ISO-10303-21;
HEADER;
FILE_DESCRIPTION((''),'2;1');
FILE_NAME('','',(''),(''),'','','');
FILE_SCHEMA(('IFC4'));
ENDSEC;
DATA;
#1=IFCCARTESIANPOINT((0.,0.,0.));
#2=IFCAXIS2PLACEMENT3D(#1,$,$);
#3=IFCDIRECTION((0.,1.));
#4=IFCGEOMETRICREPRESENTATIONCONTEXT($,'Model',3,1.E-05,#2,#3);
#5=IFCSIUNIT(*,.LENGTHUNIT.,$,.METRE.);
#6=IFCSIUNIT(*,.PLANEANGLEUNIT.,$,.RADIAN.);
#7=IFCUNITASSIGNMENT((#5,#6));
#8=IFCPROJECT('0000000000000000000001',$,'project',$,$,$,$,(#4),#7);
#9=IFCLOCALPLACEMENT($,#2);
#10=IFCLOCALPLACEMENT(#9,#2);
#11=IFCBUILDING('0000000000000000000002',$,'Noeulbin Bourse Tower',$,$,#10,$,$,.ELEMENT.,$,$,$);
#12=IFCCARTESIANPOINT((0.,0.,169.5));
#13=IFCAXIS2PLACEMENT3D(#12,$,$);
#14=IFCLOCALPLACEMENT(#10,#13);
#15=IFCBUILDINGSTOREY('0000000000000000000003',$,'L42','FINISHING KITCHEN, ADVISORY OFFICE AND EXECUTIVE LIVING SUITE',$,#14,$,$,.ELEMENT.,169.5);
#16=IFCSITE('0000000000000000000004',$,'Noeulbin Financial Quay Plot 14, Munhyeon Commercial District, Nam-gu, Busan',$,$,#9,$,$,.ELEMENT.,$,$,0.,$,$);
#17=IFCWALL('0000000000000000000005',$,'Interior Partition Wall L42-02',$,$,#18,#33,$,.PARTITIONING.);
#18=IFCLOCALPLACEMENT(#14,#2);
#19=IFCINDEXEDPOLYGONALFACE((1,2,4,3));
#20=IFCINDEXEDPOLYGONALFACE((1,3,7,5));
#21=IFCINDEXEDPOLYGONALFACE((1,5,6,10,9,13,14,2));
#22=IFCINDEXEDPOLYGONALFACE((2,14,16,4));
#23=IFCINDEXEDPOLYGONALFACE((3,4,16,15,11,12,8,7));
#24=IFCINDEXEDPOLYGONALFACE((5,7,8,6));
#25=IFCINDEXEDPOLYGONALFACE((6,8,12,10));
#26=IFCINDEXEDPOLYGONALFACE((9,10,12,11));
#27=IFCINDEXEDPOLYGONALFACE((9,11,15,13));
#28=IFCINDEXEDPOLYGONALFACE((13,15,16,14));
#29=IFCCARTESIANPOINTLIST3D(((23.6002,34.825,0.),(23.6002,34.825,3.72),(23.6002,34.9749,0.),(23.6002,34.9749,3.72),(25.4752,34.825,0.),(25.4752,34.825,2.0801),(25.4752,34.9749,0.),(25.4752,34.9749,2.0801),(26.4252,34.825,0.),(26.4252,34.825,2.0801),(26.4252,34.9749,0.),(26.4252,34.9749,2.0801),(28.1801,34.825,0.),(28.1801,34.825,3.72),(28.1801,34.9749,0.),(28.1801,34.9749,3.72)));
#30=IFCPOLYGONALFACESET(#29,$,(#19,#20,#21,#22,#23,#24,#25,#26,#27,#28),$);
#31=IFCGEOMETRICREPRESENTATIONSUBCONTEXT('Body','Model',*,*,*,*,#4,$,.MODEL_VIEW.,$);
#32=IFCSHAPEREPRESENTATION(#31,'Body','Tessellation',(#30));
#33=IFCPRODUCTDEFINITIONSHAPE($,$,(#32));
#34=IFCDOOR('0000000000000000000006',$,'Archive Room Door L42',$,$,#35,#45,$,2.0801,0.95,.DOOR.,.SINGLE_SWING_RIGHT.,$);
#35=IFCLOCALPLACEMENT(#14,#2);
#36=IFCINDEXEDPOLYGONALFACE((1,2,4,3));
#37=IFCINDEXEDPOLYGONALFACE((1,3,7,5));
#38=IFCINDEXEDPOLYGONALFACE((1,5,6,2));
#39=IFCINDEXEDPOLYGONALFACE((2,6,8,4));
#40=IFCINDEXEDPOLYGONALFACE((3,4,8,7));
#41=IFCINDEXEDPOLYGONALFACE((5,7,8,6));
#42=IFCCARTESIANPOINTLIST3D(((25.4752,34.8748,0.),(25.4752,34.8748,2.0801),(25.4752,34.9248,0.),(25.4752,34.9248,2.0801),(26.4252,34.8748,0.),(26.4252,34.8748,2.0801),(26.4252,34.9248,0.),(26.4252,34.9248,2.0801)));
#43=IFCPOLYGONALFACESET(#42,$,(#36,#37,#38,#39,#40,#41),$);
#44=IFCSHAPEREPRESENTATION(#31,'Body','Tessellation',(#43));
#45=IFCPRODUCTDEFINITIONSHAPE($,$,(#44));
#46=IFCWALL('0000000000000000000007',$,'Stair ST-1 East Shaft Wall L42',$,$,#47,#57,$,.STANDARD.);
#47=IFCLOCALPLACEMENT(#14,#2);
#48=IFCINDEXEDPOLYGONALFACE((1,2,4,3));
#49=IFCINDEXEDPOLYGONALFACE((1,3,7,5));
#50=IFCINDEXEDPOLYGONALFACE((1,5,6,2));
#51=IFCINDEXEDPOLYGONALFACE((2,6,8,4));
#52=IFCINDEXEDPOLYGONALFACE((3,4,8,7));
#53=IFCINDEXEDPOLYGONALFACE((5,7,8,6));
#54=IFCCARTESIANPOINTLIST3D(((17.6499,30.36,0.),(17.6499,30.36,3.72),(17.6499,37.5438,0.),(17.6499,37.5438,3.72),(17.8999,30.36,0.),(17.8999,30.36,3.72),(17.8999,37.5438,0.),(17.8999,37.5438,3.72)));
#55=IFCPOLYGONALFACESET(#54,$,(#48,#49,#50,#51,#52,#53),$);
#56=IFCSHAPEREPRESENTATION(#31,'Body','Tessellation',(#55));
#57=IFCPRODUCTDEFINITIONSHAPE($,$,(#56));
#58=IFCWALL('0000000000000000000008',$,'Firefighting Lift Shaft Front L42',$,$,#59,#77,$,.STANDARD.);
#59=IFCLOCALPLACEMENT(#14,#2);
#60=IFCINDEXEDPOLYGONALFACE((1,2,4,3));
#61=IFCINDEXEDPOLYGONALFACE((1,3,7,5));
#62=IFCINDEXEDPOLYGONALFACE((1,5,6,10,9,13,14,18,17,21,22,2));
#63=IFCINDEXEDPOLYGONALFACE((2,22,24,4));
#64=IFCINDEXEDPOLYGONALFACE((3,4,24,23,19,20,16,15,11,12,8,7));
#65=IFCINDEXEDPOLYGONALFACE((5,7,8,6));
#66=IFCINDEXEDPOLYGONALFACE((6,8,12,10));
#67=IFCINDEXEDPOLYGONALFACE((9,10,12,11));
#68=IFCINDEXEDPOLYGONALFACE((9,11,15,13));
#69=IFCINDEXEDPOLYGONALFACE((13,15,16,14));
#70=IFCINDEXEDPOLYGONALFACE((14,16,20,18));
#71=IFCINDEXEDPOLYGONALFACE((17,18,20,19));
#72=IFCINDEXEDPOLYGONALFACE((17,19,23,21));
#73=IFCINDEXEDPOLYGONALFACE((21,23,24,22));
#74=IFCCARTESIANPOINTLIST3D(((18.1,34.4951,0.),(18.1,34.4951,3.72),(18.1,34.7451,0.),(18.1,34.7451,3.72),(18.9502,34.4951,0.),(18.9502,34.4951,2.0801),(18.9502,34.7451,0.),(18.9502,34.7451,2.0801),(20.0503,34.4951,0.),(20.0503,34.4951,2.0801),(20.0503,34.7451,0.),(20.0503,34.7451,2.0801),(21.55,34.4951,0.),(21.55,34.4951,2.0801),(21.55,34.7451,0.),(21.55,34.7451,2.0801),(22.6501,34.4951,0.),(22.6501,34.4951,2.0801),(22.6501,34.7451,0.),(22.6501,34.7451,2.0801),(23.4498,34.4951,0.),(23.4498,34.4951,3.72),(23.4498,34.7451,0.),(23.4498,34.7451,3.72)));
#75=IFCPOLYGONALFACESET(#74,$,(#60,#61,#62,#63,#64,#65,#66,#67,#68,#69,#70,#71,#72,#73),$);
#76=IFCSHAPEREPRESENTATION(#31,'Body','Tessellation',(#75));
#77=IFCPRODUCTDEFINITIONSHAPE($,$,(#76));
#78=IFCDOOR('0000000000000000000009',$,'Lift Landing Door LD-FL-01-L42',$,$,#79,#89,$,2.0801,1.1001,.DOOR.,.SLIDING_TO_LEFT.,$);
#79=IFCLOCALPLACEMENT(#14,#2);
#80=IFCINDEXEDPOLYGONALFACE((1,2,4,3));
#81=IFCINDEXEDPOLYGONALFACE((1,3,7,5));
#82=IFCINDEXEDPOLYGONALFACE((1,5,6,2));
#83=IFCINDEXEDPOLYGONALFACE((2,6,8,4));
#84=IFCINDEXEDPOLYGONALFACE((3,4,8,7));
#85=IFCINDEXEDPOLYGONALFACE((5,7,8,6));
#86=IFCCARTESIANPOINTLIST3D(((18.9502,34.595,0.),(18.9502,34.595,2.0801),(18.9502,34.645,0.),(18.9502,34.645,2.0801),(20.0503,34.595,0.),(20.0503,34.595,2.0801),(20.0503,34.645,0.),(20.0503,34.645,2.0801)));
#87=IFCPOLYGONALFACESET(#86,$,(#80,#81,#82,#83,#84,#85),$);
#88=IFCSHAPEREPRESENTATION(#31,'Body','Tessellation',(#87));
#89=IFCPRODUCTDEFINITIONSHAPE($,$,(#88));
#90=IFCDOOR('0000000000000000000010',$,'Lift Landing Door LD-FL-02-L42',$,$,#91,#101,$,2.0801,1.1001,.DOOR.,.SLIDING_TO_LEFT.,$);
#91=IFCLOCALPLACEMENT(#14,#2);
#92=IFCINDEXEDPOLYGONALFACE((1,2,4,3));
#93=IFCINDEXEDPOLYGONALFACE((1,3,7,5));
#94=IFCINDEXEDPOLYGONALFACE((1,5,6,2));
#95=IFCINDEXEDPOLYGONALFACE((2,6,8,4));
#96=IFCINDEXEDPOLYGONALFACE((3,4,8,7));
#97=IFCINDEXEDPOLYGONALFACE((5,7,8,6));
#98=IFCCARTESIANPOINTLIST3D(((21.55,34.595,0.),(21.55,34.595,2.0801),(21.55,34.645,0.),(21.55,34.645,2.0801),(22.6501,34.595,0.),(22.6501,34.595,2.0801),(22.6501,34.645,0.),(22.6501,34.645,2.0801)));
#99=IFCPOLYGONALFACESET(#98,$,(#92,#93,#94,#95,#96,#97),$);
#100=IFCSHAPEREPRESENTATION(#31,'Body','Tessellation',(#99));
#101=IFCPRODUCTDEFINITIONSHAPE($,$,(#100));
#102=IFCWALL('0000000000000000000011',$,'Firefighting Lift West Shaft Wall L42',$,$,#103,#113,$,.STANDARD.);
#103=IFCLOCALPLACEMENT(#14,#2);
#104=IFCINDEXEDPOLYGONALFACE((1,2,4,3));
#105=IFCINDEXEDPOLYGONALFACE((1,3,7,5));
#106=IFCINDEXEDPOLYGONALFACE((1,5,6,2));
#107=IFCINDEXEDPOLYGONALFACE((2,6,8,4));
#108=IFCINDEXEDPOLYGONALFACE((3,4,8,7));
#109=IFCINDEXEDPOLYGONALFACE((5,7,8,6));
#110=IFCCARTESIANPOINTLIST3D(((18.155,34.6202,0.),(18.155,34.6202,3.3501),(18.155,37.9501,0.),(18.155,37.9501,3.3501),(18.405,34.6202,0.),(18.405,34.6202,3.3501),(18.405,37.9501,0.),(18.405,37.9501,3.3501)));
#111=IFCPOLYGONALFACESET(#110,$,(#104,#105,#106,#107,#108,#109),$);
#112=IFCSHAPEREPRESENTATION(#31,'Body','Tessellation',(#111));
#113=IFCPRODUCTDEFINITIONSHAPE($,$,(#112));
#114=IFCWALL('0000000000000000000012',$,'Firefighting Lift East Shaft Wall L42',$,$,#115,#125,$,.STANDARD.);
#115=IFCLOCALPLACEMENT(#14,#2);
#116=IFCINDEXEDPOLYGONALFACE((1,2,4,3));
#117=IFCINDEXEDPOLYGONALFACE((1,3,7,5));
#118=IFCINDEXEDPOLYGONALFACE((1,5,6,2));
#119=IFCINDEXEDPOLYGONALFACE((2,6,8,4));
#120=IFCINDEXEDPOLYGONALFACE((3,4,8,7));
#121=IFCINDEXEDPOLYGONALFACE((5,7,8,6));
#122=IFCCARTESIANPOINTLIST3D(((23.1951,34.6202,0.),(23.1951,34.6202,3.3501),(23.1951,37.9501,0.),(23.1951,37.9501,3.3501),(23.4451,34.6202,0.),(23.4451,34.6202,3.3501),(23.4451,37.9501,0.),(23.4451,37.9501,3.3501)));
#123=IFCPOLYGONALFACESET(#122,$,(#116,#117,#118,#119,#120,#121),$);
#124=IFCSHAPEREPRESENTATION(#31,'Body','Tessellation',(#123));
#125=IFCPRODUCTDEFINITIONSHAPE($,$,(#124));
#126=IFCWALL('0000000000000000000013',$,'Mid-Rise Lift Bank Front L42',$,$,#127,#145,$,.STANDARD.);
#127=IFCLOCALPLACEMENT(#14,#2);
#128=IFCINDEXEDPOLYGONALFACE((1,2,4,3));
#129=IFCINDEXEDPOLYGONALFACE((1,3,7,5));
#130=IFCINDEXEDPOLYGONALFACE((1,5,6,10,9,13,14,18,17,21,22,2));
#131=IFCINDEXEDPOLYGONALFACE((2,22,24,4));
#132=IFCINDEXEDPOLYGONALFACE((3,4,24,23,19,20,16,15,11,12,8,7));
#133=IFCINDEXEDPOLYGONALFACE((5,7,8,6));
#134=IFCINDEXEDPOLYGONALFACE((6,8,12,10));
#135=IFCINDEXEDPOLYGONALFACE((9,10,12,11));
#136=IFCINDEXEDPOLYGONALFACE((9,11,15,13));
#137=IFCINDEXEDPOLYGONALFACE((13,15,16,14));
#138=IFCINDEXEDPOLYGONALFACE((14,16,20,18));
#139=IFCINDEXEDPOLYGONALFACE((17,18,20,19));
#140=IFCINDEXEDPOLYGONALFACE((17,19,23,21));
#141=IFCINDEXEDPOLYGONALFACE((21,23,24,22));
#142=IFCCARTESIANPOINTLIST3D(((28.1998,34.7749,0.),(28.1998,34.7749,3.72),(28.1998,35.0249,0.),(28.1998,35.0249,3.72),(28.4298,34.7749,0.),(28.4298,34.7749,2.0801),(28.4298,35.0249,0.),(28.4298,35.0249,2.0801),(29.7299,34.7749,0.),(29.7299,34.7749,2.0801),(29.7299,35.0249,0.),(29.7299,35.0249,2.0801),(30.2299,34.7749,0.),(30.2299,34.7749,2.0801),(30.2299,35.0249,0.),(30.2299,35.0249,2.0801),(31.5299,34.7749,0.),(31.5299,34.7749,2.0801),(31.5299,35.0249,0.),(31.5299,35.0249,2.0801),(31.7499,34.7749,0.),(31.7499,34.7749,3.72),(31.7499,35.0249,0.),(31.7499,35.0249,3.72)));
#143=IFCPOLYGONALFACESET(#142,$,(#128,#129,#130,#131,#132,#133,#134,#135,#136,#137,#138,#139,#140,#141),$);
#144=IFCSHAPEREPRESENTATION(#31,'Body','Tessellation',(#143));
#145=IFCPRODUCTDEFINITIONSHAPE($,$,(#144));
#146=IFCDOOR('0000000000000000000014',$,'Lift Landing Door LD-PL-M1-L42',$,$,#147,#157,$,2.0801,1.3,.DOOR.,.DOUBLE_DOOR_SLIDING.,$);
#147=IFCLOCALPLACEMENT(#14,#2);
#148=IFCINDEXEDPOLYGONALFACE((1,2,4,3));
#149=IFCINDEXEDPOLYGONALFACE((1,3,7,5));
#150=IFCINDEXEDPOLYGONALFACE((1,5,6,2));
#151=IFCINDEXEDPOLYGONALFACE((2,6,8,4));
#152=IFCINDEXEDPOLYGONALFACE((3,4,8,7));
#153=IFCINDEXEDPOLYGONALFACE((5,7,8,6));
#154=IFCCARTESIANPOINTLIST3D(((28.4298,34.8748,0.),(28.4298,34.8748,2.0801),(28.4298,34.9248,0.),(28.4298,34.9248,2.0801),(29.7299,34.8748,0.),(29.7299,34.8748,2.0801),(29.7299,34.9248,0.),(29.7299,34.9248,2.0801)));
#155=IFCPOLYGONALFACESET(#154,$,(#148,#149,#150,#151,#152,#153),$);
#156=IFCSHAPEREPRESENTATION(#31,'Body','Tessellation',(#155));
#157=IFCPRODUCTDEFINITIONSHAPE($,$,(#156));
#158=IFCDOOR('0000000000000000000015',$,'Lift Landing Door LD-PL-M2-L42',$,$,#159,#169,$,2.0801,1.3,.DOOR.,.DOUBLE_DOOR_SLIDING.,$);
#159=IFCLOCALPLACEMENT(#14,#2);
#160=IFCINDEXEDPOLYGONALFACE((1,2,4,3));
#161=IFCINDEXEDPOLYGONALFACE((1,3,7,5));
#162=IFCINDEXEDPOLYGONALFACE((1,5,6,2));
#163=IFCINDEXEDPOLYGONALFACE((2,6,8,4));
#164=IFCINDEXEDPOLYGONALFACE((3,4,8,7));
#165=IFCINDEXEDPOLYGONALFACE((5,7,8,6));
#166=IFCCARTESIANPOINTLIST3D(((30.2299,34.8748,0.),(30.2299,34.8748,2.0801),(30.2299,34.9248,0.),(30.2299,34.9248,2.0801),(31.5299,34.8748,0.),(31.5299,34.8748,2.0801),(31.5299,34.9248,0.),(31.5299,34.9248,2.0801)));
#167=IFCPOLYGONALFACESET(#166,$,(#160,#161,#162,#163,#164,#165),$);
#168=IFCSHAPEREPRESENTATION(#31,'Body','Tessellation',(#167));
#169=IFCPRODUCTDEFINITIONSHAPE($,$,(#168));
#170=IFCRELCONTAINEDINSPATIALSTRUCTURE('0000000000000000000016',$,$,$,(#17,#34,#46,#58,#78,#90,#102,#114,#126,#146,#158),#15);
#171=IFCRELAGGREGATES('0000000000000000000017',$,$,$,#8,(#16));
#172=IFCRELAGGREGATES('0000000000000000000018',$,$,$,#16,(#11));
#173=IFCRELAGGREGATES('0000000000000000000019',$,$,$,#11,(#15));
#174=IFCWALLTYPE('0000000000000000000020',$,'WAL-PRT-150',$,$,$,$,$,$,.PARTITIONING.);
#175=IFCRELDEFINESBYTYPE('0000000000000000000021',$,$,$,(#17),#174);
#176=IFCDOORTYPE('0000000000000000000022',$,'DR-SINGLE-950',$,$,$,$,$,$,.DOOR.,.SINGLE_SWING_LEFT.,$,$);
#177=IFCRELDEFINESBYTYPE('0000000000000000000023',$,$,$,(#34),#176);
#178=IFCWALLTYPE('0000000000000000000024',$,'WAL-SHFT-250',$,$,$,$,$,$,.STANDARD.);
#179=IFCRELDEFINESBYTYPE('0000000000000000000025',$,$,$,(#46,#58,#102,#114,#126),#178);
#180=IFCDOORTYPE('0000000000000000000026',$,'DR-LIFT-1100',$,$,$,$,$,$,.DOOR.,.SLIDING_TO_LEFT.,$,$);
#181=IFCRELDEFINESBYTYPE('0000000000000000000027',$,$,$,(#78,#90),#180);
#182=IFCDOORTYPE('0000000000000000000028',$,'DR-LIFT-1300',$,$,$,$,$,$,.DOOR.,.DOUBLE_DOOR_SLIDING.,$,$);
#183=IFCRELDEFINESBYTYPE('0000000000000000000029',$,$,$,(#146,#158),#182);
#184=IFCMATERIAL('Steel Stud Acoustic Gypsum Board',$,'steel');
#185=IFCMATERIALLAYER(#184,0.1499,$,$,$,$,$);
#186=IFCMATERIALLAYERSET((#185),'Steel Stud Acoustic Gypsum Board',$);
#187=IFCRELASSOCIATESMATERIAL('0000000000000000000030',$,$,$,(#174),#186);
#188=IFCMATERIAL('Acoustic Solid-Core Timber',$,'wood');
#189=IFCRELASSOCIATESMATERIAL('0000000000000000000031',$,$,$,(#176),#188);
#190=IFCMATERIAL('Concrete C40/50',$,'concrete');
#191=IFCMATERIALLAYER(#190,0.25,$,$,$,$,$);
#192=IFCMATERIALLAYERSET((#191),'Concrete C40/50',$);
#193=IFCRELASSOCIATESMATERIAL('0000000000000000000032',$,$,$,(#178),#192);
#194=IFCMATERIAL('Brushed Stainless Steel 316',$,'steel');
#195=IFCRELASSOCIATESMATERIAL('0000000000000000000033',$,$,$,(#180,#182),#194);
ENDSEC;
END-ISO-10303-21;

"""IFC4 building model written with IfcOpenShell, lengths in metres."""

from ifc_helpers import new_model, si_unit, direction, frame, frame_2d, origin, place, context, subcontext, project, spatial, rectangle, extrude, material, layer, layer_set, type_object, element, fill, save


model = new_model("IFC4")

# Units and contexts
model_context = context("Model", 3, precision=1e-05, world=origin(), true_north=direction((0.0, 1.0)))
body_context = subcontext(model_context, "Body", "Model", "MODEL_VIEW")
ifc_project = project(units=[si_unit("LENGTHUNIT", "METRE"), si_unit("PLANEANGLEUNIT", "RADIAN")], contexts=[model_context])

# Site, building, storey
site_placement = place(None, origin())
site = spatial("IfcSite", under=ifc_project, at=site_placement, Name="Noeulbin Financial Quay Plot 14, Munhyeon Commercial District, Nam-gu, Busan", CompositionType="ELEMENT", RefElevation=0.0)
building_placement = place(site_placement, origin())
building = spatial("IfcBuilding", under=site, at=building_placement, Name="Noeulbin Bourse Tower", CompositionType="ELEMENT")
storey_placement = place(building_placement, frame((0.0, 0.0, 169.5)))
storey = spatial("IfcBuildingStorey", under=building, at=storey_placement, Name="L42", Description="FINISHING KITCHEN, ADVISORY OFFICE AND EXECUTIVE LIVING SUITE", CompositionType="ELEMENT", Elevation=169.5)

# Shared definitions
ifc_material_1 = material(Name="Concrete C40/50", Category="concrete")

# Wall, opening, door
ifc_material_2 = material(Name="Steel Stud Acoustic Gypsum Board", Category="steel")
ifc_layer_1 = layer(ifc_material_2, 0.1499)
ifc_layer_set_1 = layer_set([ifc_layer_1], Name="Steel Stud Acoustic Gypsum Board")
wall_type_1 = type_object("IfcWallType", Name="WAL-PRT-150", PredefinedType="PARTITIONING", material=ifc_layer_set_1)
wall_1_placement = place(storey_placement, frame((23.6001, 34.8999, 0.0), z_axis=(0.0, 0.0, 1.0), x_axis=(1.0, 0.0, 0.0)))
wall_1 = element("IfcWall", 1, at=wall_1_placement, inside=storey, type_object=wall_type_1, Name="Interior Partition Wall L42-02", PredefinedType="PARTITIONING", context=body_context, shape_type="SweptSolid", body=[
    extrude(rectangle(XDim=4.5798, YDim=0.1499, at=frame_2d((2.29, 0.0))), origin(), (0.0, 0.0, 1.0), 3.72),
])
opening_1_placement = place(wall_1_placement, frame((1.875, 0.0, 0.0)))
opening_1 = element("IfcOpeningElement", 2, at=opening_1_placement, cuts=wall_1, PredefinedType="OPENING", context=body_context, shape_type="SweptSolid", body=[
    extrude(rectangle(XDim=0.95, YDim=2.0801, at=frame_2d((0.4751, 1.04))), frame((0.0, 0.085, 0.0), z_axis=(0.0, -1.0, 0.0), x_axis=(1.0, 0.0, 0.0)), (0.0, 0.0, 1.0), 0.1699),
])
ifc_material_3 = material(Name="Acoustic Solid-Core Timber", Category="wood")
door_type_1 = type_object("IfcDoorType", Name="DR-SINGLE-950", OperationType="SINGLE_SWING_LEFT", PredefinedType="DOOR", material=ifc_material_3)
door_1_placement = place(opening_1_placement, origin())
door_1 = element("IfcDoor", 3, at=door_1_placement, inside=storey, type_object=door_type_1, Name="Archive Room Door L42", OperationType="SINGLE_SWING_RIGHT", OverallHeight=2.0801, OverallWidth=0.95, PredefinedType="DOOR", context=body_context, shape_type="SweptSolid", body=[
    extrude(rectangle(XDim=0.95, YDim=2.0801, at=frame_2d((0.4751, 1.04))), frame((0.0, 0.0249, 0.0), z_axis=(0.0, -1.0, 0.0), x_axis=(1.0, 0.0, 0.0)), (0.0, 0.0, 1.0), 0.05),
])
fill(opening_1, door_1)

# Wall
ifc_layer_2 = layer(ifc_material_1, 0.25)
ifc_layer_set_2 = layer_set([ifc_layer_2], Name="Concrete C40/50")
wall_type_2 = type_object("IfcWallType", Name="WAL-SHFT-250", PredefinedType="STANDARD", material=ifc_layer_set_2)
wall_2_placement = place(storey_placement, frame((17.7749, 30.3601, 0.0), z_axis=(0.0, 0.0, 1.0), x_axis=(0.0, 1.0, 0.0)))
element("IfcWall", 4, at=wall_2_placement, inside=storey, type_object=wall_type_2, Name="Stair ST-1 East Shaft Wall L42", PredefinedType="STANDARD", context=body_context, shape_type="SweptSolid", body=[
    extrude(rectangle(XDim=7.1838, YDim=0.25, at=frame_2d((3.5918, 0.0))), origin(), (0.0, 0.0, 1.0), 3.72),
])

# Wall, openings, doors
wall_3_placement = place(storey_placement, frame((18.1001, 34.6201, 0.0), z_axis=(0.0, 0.0, 1.0), x_axis=(1.0, 0.0, 0.0)))
wall_3 = element("IfcWall", 5, at=wall_3_placement, inside=storey, type_object=wall_type_2, Name="Firefighting Lift Shaft Front L42", PredefinedType="STANDARD", context=body_context, shape_type="SweptSolid", body=[
    extrude(rectangle(XDim=5.3499, YDim=0.25, at=frame_2d((2.6748, 0.0))), origin(), (0.0, 0.0, 1.0), 3.72),
])
opening_2_placement = place(wall_3_placement, frame((0.8501, 0.0, 0.0)))
opening_2 = element("IfcOpeningElement", 6, at=opening_2_placement, cuts=wall_3, PredefinedType="OPENING", context=body_context, shape_type="SweptSolid", body=[
    extrude(rectangle(XDim=1.1001, YDim=2.0801, at=frame_2d((0.55, 1.04))), frame((0.0, 0.135, 0.0), z_axis=(0.0, -1.0, 0.0), x_axis=(1.0, 0.0, 0.0)), (0.0, 0.0, 1.0), 0.27),
])
opening_3_placement = place(wall_3_placement, frame((3.45, 0.0, 0.0)))
opening_3 = element("IfcOpeningElement", 7, at=opening_3_placement, cuts=wall_3, PredefinedType="OPENING", context=body_context, shape_type="SweptSolid", body=[
    extrude(rectangle(XDim=1.1001, YDim=2.0801, at=frame_2d((0.55, 1.04))), frame((0.0, 0.135, 0.0), z_axis=(0.0, -1.0, 0.0), x_axis=(1.0, 0.0, 0.0)), (0.0, 0.0, 1.0), 0.27),
])
ifc_material_4 = material(Name="Brushed Stainless Steel 316", Category="steel")
door_type_2 = type_object("IfcDoorType", Name="DR-LIFT-1100", OperationType="SLIDING_TO_LEFT", PredefinedType="DOOR", material=ifc_material_4)
door_2_placement = place(opening_2_placement, origin())
door_2 = element("IfcDoor", 8, at=door_2_placement, inside=storey, type_object=door_type_2, Name="Lift Landing Door LD-FL-01-L42", OperationType="SLIDING_TO_LEFT", OverallHeight=2.0801, OverallWidth=1.1001, PredefinedType="DOOR", context=body_context, shape_type="SweptSolid", body=[
    extrude(rectangle(XDim=1.1001, YDim=2.0801, at=frame_2d((0.55, 1.04))), frame((0.0, 0.0249, 0.0), z_axis=(0.0, -1.0, 0.0), x_axis=(1.0, 0.0, 0.0)), (0.0, 0.0, 1.0), 0.05),
])
fill(opening_2, door_2)
door_3_placement = place(opening_3_placement, origin())
door_3 = element("IfcDoor", 9, at=door_3_placement, inside=storey, type_object=door_type_2, Name="Lift Landing Door LD-FL-02-L42", OperationType="SLIDING_TO_LEFT", OverallHeight=2.0801, OverallWidth=1.1001, PredefinedType="DOOR", context=body_context, shape_type="SweptSolid", body=[
    extrude(rectangle(XDim=1.1001, YDim=2.0801, at=frame_2d((0.55, 1.04))), frame((0.0, 0.0249, 0.0), z_axis=(0.0, -1.0, 0.0), x_axis=(1.0, 0.0, 0.0)), (0.0, 0.0, 1.0), 0.05),
])
fill(opening_3, door_3)

# Walls
for number, where, z_axis, x_axis, name in (
    (10, (18.28, 34.6201, 0.0), (0.0, 0.0, 1.0), (0.0, 1.0, 0.0), "Firefighting Lift West Shaft Wall L42"),
    (11, (23.3201, 34.6201, 0.0), (0.0, 0.0, 1.0), (0.0, 1.0, 0.0), "Firefighting Lift East Shaft Wall L42"),
):
    element("IfcWall", number, at=place(storey_placement, frame(where, z_axis=z_axis, x_axis=x_axis)), inside=storey, type_object=wall_type_2, Name=name, PredefinedType="STANDARD", context=body_context, shape_type="SweptSolid", body=[
        extrude(rectangle(XDim=3.3298, YDim=0.25, at=frame_2d((1.665, 0.0))), origin(), (0.0, 0.0, 1.0), 3.3501),
    ])

# Wall, openings, doors
wall_4_placement = place(storey_placement, frame((28.2, 34.8999, 0.0), z_axis=(0.0, 0.0, 1.0), x_axis=(1.0, 0.0, 0.0)))
wall_4 = element("IfcWall", 12, at=wall_4_placement, inside=storey, type_object=wall_type_2, Name="Mid-Rise Lift Bank Front L42", PredefinedType="STANDARD", context=body_context, shape_type="SweptSolid", body=[
    extrude(rectangle(XDim=3.55, YDim=0.25, at=frame_2d((1.7749, 0.0))), origin(), (0.0, 0.0, 1.0), 3.72),
])
opening_4_placement = place(wall_4_placement, frame((0.23, 0.0, 0.0)))
opening_4 = element("IfcOpeningElement", 13, at=opening_4_placement, cuts=wall_4, PredefinedType="OPENING", context=body_context, shape_type="SweptSolid", body=[
    extrude(rectangle(XDim=1.3, YDim=2.0801, at=frame_2d((0.6499, 1.04))), frame((0.0, 0.135, 0.0), z_axis=(0.0, -1.0, 0.0), x_axis=(1.0, 0.0, 0.0)), (0.0, 0.0, 1.0), 0.27),
])
opening_5_placement = place(wall_4_placement, frame((2.03, 0.0, 0.0)))
opening_5 = element("IfcOpeningElement", 14, at=opening_5_placement, cuts=wall_4, PredefinedType="OPENING", context=body_context, shape_type="SweptSolid", body=[
    extrude(rectangle(XDim=1.3, YDim=2.0801, at=frame_2d((0.6499, 1.04))), frame((0.0, 0.135, 0.0), z_axis=(0.0, -1.0, 0.0), x_axis=(1.0, 0.0, 0.0)), (0.0, 0.0, 1.0), 0.27),
])
door_type_3 = type_object("IfcDoorType", Name="DR-LIFT-1300", OperationType="DOUBLE_DOOR_SLIDING", PredefinedType="DOOR", material=ifc_material_4)
door_4_placement = place(opening_4_placement, origin())
door_4 = element("IfcDoor", 15, at=door_4_placement, inside=storey, type_object=door_type_3, Name="Lift Landing Door LD-PL-M1-L42", OperationType="DOUBLE_DOOR_SLIDING", OverallHeight=2.0801, OverallWidth=1.3, PredefinedType="DOOR", context=body_context, shape_type="SweptSolid", body=[
    extrude(rectangle(XDim=1.3, YDim=2.0801, at=frame_2d((0.6499, 1.04))), frame((0.0, 0.0249, 0.0), z_axis=(0.0, -1.0, 0.0), x_axis=(1.0, 0.0, 0.0)), (0.0, 0.0, 1.0), 0.05),
])
fill(opening_4, door_4)
door_5_placement = place(opening_5_placement, origin())
door_5 = element("IfcDoor", 16, at=door_5_placement, inside=storey, type_object=door_type_3, Name="Lift Landing Door LD-PL-M2-L42", OperationType="DOUBLE_DOOR_SLIDING", OverallHeight=2.0801, OverallWidth=1.3, PredefinedType="DOOR", context=body_context, shape_type="SweptSolid", body=[
    extrude(rectangle(XDim=1.3, YDim=2.0801, at=frame_2d((0.6499, 1.04))), frame((0.0, 0.0249, 0.0), z_axis=(0.0, -1.0, 0.0), x_axis=(1.0, 0.0, 0.0)), (0.0, 0.0, 1.0), 0.05),
])
fill(opening_5, door_5)

save(model, "model.ifc")
